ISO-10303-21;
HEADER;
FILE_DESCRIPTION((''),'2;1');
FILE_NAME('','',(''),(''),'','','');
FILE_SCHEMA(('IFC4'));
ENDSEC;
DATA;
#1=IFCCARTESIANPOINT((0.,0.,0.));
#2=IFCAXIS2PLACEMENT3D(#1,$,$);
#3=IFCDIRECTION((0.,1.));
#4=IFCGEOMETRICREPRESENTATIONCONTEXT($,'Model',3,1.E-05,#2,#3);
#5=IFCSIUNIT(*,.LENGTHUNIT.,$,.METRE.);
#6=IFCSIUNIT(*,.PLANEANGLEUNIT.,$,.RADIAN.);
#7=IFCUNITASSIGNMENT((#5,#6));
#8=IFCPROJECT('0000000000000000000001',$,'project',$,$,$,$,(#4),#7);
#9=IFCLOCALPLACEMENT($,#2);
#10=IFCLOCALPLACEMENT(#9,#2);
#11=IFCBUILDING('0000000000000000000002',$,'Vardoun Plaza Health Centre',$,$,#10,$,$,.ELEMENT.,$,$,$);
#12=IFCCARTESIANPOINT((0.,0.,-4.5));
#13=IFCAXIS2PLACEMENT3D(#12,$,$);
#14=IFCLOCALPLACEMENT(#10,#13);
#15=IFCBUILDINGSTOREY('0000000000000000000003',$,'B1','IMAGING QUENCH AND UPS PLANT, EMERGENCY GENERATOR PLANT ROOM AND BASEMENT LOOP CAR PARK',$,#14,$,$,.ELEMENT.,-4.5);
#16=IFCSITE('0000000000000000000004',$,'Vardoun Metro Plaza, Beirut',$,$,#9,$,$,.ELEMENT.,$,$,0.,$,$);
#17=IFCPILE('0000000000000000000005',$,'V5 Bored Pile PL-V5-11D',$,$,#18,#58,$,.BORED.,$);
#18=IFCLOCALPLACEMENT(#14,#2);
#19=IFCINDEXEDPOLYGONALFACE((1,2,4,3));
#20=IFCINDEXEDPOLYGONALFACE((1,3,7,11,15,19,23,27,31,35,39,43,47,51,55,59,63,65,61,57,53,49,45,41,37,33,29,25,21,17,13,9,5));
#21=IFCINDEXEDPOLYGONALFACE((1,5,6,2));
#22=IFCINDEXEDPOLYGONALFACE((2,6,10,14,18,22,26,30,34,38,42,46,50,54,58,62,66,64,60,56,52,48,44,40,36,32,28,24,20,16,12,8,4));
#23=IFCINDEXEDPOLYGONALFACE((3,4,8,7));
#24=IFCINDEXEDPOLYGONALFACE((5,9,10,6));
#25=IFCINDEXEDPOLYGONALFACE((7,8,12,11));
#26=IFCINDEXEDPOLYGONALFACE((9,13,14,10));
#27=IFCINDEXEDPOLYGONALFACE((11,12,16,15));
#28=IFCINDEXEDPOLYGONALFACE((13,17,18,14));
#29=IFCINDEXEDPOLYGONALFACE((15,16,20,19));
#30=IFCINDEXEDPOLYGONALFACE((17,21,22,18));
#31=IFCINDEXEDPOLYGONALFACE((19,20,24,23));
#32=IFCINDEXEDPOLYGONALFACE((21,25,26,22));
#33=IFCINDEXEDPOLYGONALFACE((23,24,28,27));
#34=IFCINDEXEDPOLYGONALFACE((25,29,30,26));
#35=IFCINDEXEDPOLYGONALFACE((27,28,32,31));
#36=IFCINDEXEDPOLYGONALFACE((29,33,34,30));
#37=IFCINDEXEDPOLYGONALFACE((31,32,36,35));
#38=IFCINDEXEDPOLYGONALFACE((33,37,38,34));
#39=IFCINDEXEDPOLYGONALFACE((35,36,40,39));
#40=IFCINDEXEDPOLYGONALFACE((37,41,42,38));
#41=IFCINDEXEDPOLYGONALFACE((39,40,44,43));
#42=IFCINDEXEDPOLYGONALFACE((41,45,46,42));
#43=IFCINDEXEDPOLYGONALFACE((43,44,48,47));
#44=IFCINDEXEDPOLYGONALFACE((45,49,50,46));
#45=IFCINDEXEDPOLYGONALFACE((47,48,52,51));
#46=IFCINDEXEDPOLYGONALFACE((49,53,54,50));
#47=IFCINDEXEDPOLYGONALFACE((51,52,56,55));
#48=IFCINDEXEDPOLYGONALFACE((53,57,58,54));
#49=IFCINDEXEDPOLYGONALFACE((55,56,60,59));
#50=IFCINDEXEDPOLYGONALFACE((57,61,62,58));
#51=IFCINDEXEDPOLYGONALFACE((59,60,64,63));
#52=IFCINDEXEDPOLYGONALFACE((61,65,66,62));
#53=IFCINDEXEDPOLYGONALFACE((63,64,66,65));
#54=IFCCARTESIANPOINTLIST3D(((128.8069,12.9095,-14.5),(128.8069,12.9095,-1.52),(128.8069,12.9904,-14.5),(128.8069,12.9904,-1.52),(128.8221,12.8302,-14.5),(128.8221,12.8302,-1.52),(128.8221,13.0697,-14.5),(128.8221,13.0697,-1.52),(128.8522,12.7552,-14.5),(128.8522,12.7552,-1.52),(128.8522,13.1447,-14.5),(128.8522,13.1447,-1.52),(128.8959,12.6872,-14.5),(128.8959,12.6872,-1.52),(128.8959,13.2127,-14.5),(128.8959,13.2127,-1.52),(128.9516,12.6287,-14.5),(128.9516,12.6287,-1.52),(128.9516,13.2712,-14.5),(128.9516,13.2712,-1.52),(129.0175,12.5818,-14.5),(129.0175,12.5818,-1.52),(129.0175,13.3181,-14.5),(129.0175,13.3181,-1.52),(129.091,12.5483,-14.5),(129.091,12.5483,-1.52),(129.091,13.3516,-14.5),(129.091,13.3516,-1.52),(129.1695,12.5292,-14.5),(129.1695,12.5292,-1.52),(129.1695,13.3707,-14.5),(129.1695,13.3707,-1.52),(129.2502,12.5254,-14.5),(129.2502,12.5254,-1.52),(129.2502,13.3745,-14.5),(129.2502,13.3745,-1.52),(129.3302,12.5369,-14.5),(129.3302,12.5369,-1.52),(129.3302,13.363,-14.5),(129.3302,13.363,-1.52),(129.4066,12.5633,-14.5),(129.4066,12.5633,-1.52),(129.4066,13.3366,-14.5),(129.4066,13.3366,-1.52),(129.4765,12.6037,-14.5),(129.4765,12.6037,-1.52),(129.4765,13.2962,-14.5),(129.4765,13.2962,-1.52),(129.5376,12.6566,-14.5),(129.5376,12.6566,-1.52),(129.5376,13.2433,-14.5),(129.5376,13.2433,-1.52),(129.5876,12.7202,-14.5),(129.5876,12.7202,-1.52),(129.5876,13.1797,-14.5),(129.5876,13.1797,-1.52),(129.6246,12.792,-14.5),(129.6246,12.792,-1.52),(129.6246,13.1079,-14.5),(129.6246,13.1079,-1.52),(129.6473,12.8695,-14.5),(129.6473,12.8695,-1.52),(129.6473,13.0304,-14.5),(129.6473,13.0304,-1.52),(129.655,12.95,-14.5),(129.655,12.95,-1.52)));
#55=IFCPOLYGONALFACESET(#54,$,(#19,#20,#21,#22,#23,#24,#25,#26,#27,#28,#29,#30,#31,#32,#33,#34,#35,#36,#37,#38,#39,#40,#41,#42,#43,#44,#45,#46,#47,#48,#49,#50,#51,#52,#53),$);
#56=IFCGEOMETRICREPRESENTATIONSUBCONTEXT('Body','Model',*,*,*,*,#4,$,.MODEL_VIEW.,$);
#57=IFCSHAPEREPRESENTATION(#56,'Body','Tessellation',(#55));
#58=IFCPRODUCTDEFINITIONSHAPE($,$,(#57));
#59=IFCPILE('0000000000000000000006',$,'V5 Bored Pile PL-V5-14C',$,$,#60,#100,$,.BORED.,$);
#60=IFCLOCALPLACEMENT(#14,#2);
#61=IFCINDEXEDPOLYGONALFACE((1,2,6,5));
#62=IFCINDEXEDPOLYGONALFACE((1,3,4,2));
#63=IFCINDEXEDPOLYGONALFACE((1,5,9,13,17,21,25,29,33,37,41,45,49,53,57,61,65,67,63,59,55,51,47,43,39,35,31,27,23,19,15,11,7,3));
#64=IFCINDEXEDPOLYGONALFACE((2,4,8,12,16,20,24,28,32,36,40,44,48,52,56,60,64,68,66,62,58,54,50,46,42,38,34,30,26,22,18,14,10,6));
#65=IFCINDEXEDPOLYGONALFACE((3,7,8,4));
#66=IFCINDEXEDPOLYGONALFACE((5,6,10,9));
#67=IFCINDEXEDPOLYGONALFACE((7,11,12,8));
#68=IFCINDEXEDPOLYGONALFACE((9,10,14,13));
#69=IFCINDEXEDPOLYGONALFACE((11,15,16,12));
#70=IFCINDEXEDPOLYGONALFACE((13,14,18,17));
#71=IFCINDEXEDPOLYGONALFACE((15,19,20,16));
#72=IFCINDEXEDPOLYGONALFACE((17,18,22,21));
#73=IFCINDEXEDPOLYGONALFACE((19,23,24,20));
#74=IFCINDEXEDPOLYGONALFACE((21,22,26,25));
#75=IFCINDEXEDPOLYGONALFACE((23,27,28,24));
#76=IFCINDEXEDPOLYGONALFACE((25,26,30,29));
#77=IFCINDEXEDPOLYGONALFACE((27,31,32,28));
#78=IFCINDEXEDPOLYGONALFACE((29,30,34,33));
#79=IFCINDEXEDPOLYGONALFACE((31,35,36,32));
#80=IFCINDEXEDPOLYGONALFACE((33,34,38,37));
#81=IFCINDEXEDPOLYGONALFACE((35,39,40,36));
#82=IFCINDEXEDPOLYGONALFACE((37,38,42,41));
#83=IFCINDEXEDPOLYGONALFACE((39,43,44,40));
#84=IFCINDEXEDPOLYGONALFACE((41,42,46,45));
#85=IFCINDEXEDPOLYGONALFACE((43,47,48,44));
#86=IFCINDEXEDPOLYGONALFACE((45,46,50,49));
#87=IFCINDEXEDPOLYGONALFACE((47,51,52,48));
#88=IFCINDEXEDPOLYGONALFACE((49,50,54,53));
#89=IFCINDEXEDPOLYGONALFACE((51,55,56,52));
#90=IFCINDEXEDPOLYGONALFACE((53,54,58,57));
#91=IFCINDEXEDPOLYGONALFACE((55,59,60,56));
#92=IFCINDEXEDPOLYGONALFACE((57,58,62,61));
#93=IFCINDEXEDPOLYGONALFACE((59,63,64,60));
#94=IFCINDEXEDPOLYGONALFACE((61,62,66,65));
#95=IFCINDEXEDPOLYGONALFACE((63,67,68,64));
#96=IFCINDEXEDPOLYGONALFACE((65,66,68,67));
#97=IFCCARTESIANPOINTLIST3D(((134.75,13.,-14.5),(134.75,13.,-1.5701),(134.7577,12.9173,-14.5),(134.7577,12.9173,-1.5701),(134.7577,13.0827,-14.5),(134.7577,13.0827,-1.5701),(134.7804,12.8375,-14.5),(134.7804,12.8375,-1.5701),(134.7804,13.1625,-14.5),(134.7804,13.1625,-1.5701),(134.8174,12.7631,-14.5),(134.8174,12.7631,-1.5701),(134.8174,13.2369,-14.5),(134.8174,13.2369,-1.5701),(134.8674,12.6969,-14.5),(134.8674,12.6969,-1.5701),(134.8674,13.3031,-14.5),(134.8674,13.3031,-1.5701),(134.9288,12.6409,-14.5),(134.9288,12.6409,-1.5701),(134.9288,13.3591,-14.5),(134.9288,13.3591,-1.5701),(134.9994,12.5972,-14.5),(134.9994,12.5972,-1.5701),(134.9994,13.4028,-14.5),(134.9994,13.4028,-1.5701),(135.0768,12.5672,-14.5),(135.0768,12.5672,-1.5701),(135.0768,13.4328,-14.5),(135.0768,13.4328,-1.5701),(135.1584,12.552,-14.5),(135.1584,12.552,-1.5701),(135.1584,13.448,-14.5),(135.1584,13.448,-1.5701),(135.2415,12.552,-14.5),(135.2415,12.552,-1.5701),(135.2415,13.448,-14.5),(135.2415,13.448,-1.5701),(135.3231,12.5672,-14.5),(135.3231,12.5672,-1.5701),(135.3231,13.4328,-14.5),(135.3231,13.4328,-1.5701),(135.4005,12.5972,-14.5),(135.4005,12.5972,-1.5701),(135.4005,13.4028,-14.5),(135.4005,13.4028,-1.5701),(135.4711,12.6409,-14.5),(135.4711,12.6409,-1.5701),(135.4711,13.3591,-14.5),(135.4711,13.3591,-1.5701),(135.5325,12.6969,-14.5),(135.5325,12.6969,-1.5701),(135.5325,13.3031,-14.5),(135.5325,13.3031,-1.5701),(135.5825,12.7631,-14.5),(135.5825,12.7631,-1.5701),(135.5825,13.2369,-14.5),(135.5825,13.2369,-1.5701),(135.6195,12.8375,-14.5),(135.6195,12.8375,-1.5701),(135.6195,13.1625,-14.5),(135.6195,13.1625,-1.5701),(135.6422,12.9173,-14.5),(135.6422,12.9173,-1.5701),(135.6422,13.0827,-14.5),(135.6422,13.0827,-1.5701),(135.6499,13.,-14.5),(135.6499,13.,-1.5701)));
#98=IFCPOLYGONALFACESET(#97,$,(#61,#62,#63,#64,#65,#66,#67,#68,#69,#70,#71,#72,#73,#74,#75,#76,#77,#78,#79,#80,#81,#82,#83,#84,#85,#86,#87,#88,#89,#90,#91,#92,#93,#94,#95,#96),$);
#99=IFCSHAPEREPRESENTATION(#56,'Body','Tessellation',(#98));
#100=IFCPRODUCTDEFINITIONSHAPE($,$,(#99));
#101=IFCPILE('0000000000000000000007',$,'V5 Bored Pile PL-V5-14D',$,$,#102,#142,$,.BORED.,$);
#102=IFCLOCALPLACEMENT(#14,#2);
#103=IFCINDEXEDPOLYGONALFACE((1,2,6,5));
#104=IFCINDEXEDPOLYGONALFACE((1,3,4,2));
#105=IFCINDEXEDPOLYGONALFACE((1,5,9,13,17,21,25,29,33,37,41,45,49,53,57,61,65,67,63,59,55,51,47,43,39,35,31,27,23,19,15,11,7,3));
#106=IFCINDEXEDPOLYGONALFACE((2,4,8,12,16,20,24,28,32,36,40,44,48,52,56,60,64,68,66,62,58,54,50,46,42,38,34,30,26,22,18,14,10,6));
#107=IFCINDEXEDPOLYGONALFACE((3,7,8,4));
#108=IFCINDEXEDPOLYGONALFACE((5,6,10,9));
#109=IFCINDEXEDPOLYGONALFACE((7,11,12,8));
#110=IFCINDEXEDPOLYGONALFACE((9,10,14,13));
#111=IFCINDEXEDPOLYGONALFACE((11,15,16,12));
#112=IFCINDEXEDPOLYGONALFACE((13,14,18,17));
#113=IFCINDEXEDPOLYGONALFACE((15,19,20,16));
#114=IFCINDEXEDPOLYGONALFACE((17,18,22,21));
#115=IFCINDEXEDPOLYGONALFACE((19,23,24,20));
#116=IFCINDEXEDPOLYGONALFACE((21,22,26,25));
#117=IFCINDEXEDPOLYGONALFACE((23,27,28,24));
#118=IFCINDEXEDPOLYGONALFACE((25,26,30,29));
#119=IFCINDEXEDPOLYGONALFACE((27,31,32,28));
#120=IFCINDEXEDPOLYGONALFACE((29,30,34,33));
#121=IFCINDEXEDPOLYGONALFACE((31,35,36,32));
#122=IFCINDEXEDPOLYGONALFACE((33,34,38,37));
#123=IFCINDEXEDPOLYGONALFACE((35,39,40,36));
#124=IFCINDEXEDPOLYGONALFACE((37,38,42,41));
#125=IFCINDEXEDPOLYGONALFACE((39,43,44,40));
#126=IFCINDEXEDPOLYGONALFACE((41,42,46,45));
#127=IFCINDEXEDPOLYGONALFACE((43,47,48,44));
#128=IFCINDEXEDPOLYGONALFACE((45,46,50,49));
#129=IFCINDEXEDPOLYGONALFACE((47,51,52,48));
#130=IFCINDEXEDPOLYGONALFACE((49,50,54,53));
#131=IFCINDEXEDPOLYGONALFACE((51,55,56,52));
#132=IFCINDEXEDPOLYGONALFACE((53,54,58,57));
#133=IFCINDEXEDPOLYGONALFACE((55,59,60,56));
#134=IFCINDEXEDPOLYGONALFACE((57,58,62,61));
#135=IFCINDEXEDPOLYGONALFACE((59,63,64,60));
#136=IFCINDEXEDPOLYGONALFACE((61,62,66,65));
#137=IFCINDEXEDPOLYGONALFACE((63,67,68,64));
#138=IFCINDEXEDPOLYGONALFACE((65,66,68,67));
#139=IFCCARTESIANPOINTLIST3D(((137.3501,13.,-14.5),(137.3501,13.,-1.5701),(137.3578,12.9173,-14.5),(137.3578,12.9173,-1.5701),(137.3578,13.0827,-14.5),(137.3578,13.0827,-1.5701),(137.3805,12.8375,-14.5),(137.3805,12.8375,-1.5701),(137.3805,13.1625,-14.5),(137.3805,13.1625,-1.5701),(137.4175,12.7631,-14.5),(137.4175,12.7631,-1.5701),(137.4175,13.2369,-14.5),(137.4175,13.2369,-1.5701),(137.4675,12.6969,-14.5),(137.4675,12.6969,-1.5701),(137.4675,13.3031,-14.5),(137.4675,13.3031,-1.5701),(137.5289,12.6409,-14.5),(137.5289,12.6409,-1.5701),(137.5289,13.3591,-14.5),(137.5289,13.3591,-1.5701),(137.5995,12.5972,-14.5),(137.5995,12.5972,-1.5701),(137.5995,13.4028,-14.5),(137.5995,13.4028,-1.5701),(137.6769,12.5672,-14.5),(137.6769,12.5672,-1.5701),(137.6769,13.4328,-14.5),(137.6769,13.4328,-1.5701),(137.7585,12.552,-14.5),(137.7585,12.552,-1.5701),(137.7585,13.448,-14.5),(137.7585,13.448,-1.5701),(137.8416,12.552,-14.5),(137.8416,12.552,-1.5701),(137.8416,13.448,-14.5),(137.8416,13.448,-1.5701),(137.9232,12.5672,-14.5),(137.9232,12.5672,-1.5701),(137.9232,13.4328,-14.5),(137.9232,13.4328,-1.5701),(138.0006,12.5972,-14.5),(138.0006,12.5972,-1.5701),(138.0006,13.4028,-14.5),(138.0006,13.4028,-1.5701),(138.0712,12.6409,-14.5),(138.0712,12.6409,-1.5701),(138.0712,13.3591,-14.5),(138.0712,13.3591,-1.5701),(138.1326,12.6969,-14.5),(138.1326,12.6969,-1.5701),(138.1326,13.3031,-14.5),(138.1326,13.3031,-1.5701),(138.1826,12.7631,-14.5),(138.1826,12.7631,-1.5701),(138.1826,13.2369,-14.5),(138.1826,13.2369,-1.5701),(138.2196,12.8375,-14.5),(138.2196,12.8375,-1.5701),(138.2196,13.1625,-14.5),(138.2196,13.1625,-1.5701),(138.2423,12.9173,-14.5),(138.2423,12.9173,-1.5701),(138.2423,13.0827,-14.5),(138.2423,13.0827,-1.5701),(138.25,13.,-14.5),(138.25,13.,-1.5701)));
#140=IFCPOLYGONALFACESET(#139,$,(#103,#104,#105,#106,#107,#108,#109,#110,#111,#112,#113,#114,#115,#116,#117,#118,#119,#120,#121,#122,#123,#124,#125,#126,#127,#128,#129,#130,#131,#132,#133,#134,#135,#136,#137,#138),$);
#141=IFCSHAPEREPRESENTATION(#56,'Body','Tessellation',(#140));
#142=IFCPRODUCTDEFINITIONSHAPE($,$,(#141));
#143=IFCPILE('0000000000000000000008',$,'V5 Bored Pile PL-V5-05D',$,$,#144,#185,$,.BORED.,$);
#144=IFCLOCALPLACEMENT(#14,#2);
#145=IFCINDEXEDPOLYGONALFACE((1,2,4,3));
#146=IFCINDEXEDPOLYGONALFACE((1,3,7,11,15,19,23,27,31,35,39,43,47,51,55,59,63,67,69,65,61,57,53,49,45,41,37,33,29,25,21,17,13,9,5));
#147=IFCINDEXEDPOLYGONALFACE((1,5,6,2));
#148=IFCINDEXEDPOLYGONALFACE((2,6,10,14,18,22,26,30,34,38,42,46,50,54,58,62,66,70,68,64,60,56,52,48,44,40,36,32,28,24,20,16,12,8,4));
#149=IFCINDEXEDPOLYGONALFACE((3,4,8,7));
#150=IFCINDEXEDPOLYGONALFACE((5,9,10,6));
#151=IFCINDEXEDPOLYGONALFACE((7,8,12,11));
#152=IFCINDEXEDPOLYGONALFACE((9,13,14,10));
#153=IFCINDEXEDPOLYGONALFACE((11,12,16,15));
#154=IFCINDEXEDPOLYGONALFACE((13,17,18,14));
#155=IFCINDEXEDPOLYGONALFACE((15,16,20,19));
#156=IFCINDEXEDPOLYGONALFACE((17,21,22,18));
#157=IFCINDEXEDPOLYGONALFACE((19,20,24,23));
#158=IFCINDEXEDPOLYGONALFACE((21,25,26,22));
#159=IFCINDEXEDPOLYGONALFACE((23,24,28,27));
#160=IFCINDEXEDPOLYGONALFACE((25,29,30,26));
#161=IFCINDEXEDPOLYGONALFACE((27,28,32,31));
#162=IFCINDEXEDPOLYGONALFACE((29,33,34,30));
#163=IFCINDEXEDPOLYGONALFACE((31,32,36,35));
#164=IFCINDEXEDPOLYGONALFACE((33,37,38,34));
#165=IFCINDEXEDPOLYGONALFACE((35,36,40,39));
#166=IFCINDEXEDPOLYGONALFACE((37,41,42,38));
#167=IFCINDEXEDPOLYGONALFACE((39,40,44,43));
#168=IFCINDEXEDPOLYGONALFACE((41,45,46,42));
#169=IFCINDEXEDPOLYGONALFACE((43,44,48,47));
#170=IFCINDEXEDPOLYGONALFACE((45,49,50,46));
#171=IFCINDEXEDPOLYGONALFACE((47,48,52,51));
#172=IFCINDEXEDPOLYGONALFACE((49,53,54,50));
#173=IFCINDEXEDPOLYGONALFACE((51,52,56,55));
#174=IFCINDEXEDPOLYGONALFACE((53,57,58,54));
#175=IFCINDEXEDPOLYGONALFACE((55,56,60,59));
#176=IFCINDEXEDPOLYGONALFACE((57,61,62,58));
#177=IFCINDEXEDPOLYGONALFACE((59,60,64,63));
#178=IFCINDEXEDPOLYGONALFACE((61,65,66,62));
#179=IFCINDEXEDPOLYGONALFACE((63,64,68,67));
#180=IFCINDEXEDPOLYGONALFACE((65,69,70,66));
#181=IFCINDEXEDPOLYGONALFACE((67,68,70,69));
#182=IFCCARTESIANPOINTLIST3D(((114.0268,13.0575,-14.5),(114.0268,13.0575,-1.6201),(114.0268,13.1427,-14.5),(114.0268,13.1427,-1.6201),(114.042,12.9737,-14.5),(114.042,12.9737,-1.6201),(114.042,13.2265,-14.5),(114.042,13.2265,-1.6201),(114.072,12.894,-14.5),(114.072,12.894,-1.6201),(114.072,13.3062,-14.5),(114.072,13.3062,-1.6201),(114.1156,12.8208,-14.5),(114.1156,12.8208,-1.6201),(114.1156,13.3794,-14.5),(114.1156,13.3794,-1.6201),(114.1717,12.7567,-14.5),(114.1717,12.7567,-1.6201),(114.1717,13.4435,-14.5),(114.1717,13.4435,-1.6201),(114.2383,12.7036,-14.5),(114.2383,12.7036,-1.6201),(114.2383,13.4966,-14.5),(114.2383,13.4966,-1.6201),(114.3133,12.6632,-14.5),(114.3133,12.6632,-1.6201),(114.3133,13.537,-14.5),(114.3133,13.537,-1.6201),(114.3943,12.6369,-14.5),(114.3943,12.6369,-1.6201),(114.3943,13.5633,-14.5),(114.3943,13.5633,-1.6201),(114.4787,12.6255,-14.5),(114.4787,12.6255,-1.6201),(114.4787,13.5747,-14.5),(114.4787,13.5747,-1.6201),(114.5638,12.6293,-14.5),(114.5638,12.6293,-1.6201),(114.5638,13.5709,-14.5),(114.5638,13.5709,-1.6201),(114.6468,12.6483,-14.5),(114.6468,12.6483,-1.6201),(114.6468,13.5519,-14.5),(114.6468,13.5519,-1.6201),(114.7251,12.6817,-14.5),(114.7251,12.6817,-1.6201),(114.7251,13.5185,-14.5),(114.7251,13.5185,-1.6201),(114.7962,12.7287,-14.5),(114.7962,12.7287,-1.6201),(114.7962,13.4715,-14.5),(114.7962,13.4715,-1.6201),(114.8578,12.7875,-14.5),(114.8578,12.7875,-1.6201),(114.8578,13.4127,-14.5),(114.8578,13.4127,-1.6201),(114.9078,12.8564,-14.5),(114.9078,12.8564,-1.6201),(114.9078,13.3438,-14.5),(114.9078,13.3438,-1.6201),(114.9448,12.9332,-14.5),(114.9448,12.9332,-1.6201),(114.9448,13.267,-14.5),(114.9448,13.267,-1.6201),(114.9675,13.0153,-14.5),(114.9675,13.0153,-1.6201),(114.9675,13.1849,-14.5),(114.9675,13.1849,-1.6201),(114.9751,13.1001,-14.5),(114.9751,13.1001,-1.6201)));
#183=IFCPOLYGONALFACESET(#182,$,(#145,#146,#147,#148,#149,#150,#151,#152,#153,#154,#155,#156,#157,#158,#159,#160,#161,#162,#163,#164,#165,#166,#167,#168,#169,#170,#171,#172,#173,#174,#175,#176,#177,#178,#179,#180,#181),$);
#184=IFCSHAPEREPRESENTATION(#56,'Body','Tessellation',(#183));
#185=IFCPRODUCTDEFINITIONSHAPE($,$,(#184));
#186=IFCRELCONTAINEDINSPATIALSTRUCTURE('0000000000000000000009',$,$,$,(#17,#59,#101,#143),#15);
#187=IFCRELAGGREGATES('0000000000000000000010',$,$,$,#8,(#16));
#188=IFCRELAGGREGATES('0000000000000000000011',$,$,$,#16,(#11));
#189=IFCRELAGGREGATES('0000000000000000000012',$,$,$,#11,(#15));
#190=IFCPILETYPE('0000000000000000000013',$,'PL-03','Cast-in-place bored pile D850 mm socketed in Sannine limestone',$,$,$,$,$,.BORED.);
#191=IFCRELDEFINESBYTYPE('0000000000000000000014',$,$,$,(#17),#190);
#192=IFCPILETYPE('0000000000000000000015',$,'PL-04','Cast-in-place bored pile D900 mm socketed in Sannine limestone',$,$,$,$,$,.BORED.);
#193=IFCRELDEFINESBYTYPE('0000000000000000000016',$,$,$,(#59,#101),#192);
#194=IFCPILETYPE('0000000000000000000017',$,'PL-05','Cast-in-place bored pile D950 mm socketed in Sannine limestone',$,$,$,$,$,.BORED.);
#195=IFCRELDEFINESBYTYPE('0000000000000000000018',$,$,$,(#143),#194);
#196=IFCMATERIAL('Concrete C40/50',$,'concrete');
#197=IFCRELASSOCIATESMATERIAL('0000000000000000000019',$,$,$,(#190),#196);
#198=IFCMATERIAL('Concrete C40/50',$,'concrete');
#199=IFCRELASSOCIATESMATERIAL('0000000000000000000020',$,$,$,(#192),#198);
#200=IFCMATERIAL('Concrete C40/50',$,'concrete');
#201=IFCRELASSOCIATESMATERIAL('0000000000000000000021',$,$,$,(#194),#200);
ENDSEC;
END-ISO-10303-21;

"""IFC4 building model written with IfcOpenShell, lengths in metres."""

from ifc_helpers import new_model, si_unit, direction, frame, origin, origin_2d, place, context, subcontext, project, spatial, circle, extrude, material, material_profile, profile_set, type_object, element, save


model = new_model("IFC4")

# Units and contexts
model_context = context("Model", 3, precision=1e-05, world=origin(), true_north=direction((0.0, 1.0)))
body_context = subcontext(model_context, "Body", "Model", "MODEL_VIEW")
ifc_project = project(units=[si_unit("LENGTHUNIT", "METRE"), si_unit("PLANEANGLEUNIT", "RADIAN")], contexts=[model_context])

# Site, building, storey
site_placement = place(None, origin())
site = spatial("IfcSite", under=ifc_project, at=site_placement, Name="Vardoun Metro Plaza, Beirut", CompositionType="ELEMENT", RefElevation=0.0)
building_placement = place(site_placement, origin())
building = spatial("IfcBuilding", under=site, at=building_placement, Name="Vardoun Plaza Health Centre", CompositionType="ELEMENT")
storey_placement = place(building_placement, frame((0.0, 0.0, -4.5)))
storey = spatial("IfcBuildingStorey", under=building, at=storey_placement, Name="B1", Description="IMAGING QUENCH AND UPS PLANT, EMERGENCY GENERATOR PLANT ROOM AND BASEMENT LOOP CAR PARK", CompositionType="ELEMENT", Elevation=-4.5)

# Piles
ifc_material_1 = material(Name="Concrete C40/50", Category="concrete")
ifc_material_profile_1 = material_profile(ifc_material_1, circle(Radius=0.425, at=origin_2d()), Name="PILE D850")
ifc_profile_set_1 = profile_set([ifc_material_profile_1], Name="Concrete C40/50")
pile_type_1 = type_object("IfcPileType", Name="PL-03", Description="Cast-in-place bored pile D850 mm socketed in Sannine limestone", PredefinedType="BORED", material=ifc_profile_set_1)
for number, where, z_axis, x_axis, name in (
    (1, (129.23, 12.95, -1.52), (0.0, 0.0, -1.0), (1.0, 0.0, 0.0), "V5 Bored Pile PL-V5-11D"),
):
    element("IfcPile", number, at=place(storey_placement, frame(where, z_axis=z_axis, x_axis=x_axis)), inside=storey, type_object=pile_type_1, Name=name, PredefinedType="BORED", context=body_context, shape_type="SweptSolid", body=[
        extrude(circle(Radius=0.425, at=origin_2d()), origin(), (0.0, 0.0, 1.0), 12.98),
    ])
ifc_material_2 = material(Name="Concrete C40/50", Category="concrete")
ifc_material_profile_2 = material_profile(ifc_material_2, circle(Radius=0.45, at=origin_2d()), Name="PILE D900")
ifc_profile_set_2 = profile_set([ifc_material_profile_2], Name="Concrete C40/50")
pile_type_2 = type_object("IfcPileType", Name="PL-04", Description="Cast-in-place bored pile D900 mm socketed in Sannine limestone", PredefinedType="BORED", material=ifc_profile_set_2)
for number, where, z_axis, x_axis, name in (
    (2, (135.2, 13.0, -1.5701), (0.0, 0.0, -1.0), (1.0, 0.0, 0.0), "V5 Bored Pile PL-V5-14C"),
    (3, (137.8, 13.0, -1.5701), (0.0, 0.0, -1.0), (1.0, 0.0, 0.0), "V5 Bored Pile PL-V5-14D"),
):
    element("IfcPile", number, at=place(storey_placement, frame(where, z_axis=z_axis, x_axis=x_axis)), inside=storey, type_object=pile_type_2, Name=name, PredefinedType="BORED", context=body_context, shape_type="SweptSolid", body=[
        extrude(circle(Radius=0.45, at=origin_2d()), origin(), (0.0, 0.0, 1.0), 12.9299),
    ])
ifc_material_3 = material(Name="Concrete C40/50", Category="concrete")
ifc_material_profile_3 = material_profile(ifc_material_3, circle(Radius=0.4751, at=origin_2d()), Name="PILE D950")
ifc_profile_set_3 = profile_set([ifc_material_profile_3], Name="Concrete C40/50")
pile_type_3 = type_object("IfcPileType", Name="PL-05", Description="Cast-in-place bored pile D950 mm socketed in Sannine limestone", PredefinedType="BORED", material=ifc_profile_set_3)
for number, where, z_axis, x_axis, name in (
    (4, (114.5, 13.1001, -1.6201), (0.0, 0.0, -1.0), (1.0, 0.0, 0.0), "V5 Bored Pile PL-V5-05D"),
):
    element("IfcPile", number, at=place(storey_placement, frame(where, z_axis=z_axis, x_axis=x_axis)), inside=storey, type_object=pile_type_3, Name=name, PredefinedType="BORED", context=body_context, shape_type="SweptSolid", body=[
        extrude(circle(Radius=0.4751, at=origin_2d()), origin(), (0.0, 0.0, 1.0), 12.8799),
    ])

save(model, "model.ifc")
